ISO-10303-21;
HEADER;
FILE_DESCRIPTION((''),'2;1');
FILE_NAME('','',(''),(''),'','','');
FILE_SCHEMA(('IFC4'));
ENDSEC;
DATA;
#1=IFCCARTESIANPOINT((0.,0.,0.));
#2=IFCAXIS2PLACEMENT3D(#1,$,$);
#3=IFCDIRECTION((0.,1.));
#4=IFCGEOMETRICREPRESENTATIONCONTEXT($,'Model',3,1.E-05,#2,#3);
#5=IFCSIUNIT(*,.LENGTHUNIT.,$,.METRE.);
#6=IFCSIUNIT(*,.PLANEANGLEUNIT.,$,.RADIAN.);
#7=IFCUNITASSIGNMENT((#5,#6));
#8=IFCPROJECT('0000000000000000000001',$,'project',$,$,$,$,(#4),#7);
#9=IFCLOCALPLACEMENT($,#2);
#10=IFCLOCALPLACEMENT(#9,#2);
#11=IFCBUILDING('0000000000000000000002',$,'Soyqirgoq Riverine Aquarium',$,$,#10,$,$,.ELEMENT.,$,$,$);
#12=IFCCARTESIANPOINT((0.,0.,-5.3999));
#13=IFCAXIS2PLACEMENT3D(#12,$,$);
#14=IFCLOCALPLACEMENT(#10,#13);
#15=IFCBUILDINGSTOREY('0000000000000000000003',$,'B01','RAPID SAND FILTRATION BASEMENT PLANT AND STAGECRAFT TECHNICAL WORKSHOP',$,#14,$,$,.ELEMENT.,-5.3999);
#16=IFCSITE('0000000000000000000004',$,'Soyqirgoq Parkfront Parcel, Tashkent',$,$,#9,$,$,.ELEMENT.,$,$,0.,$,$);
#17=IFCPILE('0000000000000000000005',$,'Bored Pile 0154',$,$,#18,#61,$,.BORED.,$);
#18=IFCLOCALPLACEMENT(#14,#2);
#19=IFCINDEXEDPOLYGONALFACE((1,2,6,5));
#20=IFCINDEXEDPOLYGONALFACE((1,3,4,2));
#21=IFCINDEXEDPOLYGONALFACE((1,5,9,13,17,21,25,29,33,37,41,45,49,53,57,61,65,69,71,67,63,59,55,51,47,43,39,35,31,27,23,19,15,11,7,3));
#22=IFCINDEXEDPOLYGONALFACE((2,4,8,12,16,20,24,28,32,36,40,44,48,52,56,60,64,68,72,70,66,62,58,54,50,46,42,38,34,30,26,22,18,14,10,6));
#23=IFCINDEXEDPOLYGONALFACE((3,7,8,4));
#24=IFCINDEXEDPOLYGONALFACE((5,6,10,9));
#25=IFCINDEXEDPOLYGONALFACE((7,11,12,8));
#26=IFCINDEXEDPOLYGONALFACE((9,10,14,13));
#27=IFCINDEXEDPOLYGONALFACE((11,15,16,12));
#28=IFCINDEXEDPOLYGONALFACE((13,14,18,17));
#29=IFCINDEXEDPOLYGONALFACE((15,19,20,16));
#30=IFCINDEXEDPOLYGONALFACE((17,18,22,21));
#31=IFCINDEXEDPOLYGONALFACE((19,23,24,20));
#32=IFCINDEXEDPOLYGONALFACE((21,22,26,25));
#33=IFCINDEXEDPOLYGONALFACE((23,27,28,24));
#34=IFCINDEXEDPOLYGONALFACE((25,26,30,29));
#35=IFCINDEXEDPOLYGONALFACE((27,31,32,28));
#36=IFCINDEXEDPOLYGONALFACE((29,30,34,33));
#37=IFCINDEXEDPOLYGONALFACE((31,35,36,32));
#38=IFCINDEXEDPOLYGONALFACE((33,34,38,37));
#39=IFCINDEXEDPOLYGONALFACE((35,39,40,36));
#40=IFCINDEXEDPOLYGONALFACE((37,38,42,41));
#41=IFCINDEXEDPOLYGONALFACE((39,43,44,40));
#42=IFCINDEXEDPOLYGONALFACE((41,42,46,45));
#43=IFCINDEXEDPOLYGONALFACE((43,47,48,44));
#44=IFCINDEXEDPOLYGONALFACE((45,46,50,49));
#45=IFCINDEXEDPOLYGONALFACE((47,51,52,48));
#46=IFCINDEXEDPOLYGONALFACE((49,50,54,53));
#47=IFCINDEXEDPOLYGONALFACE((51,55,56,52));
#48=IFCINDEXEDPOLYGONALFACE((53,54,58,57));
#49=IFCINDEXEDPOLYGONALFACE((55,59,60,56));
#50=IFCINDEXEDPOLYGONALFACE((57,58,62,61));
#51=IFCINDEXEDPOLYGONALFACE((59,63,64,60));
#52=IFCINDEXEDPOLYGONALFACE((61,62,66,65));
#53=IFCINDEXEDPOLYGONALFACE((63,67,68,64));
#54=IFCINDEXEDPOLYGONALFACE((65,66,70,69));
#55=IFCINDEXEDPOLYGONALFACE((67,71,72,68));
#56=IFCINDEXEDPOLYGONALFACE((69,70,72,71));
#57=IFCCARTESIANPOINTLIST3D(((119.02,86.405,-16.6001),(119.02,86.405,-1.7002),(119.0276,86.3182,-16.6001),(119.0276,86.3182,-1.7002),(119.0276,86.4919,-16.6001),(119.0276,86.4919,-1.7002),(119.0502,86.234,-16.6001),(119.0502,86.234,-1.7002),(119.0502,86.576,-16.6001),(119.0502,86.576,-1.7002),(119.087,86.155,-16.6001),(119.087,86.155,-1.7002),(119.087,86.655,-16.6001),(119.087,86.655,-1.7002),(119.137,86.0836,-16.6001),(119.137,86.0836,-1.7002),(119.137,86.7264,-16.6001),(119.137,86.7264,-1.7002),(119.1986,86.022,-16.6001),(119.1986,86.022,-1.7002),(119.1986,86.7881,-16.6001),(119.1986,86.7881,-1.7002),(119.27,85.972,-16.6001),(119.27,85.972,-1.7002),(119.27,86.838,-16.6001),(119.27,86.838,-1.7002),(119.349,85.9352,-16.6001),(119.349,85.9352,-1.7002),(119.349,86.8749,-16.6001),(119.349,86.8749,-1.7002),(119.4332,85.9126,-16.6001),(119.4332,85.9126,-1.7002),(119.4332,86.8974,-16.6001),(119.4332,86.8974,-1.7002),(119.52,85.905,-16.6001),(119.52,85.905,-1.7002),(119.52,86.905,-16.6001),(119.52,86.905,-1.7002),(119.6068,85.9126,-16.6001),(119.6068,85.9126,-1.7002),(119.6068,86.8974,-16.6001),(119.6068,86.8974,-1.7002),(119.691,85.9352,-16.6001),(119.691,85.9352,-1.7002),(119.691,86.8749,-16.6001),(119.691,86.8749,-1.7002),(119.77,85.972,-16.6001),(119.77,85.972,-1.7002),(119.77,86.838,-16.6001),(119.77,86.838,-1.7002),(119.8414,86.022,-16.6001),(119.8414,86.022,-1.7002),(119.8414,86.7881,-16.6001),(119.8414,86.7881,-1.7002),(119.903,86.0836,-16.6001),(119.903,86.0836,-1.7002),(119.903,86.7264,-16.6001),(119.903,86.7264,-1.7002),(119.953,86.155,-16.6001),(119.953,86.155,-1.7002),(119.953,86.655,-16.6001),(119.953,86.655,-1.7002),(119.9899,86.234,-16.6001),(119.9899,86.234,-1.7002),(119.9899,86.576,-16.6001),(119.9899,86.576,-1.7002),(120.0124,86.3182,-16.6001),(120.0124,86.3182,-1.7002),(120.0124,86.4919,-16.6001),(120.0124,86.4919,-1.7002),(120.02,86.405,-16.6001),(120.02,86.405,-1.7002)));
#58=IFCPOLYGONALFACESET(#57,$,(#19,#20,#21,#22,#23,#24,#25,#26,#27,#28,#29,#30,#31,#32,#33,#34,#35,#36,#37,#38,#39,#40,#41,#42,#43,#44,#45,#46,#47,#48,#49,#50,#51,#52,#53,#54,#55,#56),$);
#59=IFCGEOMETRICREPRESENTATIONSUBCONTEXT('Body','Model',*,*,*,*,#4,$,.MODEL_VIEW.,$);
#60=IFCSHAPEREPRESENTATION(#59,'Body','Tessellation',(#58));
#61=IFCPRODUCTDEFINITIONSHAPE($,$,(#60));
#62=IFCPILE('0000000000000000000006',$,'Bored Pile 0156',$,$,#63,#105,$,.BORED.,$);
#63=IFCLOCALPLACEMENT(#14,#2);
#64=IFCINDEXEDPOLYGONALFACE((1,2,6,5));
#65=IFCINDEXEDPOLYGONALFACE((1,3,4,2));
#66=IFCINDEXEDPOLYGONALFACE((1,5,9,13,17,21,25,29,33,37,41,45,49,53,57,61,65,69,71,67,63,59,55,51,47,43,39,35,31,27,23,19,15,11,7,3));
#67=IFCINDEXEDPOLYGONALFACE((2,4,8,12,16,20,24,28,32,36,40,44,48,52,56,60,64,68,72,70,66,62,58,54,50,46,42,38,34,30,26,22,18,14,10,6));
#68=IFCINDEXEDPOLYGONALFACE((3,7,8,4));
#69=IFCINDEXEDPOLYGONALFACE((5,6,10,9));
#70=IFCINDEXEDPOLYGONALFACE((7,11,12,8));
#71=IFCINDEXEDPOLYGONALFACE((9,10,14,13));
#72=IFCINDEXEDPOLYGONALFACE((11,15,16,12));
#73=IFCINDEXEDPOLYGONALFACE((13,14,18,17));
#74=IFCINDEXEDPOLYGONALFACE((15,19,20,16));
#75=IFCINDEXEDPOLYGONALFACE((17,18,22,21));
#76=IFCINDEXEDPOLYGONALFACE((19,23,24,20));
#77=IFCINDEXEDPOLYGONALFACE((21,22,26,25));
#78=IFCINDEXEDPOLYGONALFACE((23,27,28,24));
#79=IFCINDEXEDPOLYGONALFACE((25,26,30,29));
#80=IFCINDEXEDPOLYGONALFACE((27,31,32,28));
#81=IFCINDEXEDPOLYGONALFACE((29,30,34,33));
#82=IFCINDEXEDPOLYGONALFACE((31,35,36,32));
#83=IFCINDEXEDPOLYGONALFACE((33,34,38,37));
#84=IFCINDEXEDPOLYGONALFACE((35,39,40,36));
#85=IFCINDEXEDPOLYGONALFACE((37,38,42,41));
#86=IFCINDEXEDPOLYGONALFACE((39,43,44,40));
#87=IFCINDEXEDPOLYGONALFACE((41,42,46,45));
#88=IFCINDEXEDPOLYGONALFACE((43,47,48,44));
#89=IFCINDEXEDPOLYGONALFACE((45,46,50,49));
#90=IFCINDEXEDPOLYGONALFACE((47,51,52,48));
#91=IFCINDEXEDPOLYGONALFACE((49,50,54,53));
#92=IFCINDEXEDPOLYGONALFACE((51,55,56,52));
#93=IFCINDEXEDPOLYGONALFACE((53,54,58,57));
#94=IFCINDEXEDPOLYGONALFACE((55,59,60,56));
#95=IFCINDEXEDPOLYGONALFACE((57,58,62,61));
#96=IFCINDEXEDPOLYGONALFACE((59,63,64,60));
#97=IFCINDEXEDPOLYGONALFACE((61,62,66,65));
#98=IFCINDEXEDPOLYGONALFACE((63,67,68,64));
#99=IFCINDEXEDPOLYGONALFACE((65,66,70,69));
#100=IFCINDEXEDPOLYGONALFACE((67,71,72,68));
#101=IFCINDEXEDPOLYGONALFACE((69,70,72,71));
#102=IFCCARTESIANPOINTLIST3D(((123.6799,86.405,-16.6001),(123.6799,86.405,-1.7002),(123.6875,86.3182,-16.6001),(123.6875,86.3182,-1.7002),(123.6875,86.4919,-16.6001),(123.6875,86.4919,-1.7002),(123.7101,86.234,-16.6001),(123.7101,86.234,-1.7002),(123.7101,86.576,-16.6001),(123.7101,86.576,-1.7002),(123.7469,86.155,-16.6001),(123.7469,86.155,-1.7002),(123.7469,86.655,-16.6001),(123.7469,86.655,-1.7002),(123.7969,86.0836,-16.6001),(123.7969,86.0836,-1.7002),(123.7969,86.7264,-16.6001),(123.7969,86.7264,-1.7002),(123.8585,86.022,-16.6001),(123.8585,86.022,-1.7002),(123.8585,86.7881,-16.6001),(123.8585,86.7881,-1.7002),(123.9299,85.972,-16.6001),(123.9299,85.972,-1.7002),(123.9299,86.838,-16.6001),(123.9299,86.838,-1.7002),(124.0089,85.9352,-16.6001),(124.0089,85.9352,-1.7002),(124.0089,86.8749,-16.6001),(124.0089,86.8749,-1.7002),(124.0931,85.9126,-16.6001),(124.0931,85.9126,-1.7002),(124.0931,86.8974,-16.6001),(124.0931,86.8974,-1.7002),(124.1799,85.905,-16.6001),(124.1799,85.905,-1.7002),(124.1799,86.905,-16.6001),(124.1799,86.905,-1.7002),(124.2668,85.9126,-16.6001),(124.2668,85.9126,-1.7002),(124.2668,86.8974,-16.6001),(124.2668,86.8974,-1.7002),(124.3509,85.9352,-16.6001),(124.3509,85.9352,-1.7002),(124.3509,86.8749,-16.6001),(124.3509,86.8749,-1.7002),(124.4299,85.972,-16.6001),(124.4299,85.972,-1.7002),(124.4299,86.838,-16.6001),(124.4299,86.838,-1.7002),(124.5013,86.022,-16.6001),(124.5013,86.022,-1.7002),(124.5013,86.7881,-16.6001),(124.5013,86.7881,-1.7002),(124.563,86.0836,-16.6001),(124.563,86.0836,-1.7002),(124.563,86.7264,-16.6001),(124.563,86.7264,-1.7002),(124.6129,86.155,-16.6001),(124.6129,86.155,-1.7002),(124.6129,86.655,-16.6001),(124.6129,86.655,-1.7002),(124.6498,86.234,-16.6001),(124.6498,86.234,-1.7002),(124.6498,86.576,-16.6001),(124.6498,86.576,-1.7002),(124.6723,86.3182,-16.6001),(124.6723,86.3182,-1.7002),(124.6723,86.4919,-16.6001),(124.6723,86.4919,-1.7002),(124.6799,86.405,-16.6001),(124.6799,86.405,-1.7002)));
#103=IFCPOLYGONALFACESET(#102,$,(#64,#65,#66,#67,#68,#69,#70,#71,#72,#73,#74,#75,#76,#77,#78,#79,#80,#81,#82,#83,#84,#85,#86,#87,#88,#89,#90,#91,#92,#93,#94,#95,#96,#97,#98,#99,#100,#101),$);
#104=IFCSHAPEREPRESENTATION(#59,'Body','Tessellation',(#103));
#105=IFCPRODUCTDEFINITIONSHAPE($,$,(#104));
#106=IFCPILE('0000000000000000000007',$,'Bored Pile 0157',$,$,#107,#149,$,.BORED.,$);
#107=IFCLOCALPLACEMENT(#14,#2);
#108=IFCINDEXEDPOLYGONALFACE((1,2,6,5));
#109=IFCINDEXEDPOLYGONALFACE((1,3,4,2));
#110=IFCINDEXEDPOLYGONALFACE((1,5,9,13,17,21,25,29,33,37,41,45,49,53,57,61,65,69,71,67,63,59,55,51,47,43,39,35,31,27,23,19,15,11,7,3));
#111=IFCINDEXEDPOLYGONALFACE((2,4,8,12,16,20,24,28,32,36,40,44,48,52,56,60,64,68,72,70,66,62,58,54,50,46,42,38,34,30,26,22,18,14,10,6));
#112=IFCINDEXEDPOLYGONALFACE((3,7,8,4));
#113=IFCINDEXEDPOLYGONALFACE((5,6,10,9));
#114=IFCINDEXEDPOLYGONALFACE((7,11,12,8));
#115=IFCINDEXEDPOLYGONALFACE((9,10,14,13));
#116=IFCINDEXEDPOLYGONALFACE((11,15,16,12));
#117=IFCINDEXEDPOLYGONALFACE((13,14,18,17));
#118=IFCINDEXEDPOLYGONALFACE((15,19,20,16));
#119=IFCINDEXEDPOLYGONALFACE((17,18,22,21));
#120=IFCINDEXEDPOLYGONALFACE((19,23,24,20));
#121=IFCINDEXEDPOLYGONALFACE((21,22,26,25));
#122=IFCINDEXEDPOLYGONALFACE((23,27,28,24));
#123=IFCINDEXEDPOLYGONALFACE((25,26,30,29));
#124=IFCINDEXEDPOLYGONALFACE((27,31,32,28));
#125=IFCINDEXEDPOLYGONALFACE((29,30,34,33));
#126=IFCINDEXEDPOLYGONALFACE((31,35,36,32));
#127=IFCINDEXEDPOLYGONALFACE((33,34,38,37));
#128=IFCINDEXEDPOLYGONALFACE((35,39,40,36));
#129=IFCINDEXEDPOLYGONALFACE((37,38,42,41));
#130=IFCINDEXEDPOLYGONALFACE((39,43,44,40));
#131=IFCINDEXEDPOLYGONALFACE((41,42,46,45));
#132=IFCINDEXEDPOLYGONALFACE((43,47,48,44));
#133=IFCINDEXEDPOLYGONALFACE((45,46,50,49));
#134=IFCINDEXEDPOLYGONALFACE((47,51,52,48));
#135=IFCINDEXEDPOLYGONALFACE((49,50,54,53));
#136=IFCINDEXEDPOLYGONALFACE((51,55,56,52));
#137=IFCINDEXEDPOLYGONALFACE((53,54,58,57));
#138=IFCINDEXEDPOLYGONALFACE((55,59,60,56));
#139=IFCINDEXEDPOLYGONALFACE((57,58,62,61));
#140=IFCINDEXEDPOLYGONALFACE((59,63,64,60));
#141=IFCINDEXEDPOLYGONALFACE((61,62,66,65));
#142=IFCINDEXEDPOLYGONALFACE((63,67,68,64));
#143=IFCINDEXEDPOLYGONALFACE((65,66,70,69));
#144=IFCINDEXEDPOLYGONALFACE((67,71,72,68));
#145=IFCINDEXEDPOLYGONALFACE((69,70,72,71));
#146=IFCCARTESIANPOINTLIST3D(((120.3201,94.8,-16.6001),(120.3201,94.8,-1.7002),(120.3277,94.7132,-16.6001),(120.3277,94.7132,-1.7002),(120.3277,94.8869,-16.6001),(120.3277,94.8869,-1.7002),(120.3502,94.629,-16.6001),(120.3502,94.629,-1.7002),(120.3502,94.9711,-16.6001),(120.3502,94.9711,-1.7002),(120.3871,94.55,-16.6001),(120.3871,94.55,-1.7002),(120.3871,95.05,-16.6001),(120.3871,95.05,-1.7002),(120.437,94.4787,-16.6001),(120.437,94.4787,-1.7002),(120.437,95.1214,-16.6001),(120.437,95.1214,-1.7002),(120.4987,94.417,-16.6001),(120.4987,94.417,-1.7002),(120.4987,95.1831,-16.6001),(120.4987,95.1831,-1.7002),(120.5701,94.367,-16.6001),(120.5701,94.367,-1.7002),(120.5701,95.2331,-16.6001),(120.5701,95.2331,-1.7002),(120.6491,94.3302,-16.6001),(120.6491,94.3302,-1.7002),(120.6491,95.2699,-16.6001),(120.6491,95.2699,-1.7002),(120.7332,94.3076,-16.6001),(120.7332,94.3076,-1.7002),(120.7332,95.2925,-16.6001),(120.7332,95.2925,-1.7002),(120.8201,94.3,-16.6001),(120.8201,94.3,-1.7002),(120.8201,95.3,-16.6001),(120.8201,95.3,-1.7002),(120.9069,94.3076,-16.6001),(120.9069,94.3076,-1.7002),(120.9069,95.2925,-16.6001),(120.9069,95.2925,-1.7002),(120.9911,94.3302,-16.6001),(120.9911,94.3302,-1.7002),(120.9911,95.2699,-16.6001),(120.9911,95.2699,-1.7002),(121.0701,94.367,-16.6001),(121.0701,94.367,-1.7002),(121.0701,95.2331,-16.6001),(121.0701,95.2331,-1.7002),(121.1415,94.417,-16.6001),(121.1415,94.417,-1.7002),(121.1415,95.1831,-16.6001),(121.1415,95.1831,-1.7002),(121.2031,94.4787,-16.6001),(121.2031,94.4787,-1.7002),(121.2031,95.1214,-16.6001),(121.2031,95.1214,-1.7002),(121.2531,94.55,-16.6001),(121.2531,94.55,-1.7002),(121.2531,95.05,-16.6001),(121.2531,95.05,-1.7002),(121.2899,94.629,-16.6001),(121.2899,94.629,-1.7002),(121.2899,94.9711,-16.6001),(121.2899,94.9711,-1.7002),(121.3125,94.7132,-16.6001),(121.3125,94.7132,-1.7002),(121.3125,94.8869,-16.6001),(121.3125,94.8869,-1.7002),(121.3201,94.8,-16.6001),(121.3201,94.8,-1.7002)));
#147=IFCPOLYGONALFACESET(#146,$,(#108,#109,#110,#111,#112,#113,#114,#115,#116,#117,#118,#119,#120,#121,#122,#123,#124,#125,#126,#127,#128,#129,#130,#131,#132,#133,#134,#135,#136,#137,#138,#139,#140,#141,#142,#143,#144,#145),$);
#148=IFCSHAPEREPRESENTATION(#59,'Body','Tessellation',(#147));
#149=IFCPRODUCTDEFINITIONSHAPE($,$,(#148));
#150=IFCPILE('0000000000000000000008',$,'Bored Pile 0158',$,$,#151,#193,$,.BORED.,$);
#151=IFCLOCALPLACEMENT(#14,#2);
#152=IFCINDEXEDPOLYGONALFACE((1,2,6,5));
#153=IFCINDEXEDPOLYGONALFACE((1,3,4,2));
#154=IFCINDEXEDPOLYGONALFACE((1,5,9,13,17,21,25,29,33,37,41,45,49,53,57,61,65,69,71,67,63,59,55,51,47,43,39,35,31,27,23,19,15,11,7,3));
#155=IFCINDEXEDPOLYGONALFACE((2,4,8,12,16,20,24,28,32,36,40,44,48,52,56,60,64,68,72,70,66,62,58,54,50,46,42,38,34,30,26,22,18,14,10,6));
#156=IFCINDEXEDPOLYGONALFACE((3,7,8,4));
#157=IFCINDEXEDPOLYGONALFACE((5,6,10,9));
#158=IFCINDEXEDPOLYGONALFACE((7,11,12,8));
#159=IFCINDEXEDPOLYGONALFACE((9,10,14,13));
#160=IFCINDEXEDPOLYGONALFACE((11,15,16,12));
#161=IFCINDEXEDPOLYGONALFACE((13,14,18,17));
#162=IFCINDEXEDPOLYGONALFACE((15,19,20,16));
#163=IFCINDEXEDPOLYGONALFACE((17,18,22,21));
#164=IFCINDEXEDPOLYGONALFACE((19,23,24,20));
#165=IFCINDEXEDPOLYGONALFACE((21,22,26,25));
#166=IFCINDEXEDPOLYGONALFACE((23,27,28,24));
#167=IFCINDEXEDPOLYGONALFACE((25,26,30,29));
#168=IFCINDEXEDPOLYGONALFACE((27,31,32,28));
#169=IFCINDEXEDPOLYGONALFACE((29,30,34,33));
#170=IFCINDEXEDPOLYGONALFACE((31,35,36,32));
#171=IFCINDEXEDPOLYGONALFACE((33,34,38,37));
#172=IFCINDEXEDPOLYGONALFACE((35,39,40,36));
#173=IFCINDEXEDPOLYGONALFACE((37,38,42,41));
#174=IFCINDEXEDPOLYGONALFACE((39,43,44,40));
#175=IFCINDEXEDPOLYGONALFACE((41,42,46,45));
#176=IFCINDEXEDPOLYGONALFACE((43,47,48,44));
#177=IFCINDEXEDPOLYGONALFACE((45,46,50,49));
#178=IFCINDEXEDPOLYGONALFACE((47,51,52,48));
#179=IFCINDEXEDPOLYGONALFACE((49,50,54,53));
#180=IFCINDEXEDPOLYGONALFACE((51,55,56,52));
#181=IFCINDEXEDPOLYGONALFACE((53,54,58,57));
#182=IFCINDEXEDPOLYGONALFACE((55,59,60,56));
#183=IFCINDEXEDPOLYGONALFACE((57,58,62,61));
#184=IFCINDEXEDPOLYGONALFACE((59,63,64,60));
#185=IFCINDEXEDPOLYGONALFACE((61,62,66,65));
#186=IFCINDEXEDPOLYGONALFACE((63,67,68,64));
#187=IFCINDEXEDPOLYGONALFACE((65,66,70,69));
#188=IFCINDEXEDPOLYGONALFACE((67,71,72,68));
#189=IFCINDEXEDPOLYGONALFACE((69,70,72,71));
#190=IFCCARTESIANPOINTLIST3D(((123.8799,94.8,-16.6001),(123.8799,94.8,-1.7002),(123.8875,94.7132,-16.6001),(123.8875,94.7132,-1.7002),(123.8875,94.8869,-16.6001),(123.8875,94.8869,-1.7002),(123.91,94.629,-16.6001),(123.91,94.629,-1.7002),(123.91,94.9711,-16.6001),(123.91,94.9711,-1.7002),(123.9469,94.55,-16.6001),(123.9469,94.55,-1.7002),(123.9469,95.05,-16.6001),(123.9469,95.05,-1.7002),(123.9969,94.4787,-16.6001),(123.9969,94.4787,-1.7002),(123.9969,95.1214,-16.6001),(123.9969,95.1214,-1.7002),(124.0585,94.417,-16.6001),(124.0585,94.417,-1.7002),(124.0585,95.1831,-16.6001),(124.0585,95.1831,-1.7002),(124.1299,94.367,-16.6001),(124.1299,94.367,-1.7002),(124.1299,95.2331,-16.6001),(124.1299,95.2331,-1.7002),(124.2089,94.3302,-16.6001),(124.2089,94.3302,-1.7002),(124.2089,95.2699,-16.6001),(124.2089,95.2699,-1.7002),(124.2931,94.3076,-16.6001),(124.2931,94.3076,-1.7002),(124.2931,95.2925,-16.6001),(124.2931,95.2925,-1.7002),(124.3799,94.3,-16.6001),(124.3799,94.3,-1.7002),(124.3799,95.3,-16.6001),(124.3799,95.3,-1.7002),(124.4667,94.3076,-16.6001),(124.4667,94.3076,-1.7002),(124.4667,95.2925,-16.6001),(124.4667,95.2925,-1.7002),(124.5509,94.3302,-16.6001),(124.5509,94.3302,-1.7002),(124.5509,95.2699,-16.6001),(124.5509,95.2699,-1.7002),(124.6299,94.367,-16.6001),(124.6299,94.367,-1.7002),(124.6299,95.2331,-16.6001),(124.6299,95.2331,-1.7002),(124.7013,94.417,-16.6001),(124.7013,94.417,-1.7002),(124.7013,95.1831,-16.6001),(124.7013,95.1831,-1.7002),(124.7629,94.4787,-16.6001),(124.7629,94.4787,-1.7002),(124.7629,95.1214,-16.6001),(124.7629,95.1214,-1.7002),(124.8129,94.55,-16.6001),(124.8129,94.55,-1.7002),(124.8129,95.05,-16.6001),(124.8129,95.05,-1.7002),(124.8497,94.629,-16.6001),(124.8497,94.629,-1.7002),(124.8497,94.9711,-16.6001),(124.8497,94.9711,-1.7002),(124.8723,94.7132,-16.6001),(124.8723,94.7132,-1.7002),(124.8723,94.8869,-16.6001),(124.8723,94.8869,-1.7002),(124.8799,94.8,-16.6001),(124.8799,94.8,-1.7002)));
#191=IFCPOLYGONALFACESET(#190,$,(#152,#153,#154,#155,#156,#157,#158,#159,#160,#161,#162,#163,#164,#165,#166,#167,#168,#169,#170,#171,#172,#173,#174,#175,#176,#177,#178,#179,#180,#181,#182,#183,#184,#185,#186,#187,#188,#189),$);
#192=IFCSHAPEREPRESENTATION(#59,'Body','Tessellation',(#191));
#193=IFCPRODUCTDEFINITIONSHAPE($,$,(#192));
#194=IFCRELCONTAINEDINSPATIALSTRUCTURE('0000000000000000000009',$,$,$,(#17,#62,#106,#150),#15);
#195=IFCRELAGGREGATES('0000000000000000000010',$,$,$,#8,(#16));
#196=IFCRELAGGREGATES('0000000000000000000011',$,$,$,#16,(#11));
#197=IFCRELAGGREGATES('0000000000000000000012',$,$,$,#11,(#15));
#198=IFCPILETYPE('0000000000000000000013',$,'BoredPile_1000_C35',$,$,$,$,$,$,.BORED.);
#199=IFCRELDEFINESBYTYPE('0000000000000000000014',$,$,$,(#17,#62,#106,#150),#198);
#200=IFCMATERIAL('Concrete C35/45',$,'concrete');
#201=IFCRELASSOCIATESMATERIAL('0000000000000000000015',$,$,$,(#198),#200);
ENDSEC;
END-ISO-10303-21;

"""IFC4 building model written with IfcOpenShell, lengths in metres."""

from ifc_helpers import new_model, si_unit, direction, frame, origin, origin_2d, place, context, subcontext, project, spatial, circle, extrude, material, material_profile, profile_set, type_object, element, save


model = new_model("IFC4")

# Units and contexts
model_context = context("Model", 3, precision=1e-05, world=origin(), true_north=direction((0.0, 1.0)))
body_context = subcontext(model_context, "Body", "Model", "MODEL_VIEW")
ifc_project = project(units=[si_unit("LENGTHUNIT", "METRE"), si_unit("PLANEANGLEUNIT", "RADIAN")], contexts=[model_context])

# Site, building, storey
site_placement = place(None, origin())
site = spatial("IfcSite", under=ifc_project, at=site_placement, Name="Soyqirgoq Parkfront Parcel, Tashkent", CompositionType="ELEMENT", RefElevation=0.0)
building_placement = place(site_placement, origin())
building = spatial("IfcBuilding", under=site, at=building_placement, Name="Soyqirgoq Riverine Aquarium", CompositionType="ELEMENT")
storey_placement = place(building_placement, frame((0.0, 0.0, -5.3999)))
storey = spatial("IfcBuildingStorey", under=building, at=storey_placement, Name="B01", Description="RAPID SAND FILTRATION BASEMENT PLANT AND STAGECRAFT TECHNICAL WORKSHOP", CompositionType="ELEMENT", Elevation=-5.3999)

# Piles
ifc_material_1 = material(Name="Concrete C35/45", Category="concrete")
ifc_material_profile_1 = material_profile(ifc_material_1, circle(Radius=0.5, at=origin_2d()), Name="BP D1000")
ifc_profile_set_1 = profile_set([ifc_material_profile_1], Name="Concrete C35/45")
pile_type = type_object("IfcPileType", Name="BoredPile_1000_C35", PredefinedType="BORED", material=ifc_profile_set_1)
for number, where, z_axis, x_axis, name in (
    (1, (119.52, 86.405, -1.7002), (0.0, 0.0, -1.0), (1.0, 0.0, 0.0), "Bored Pile 0154"),
    (2, (124.1799, 86.405, -1.7002), (0.0, 0.0, -1.0), (1.0, 0.0, 0.0), "Bored Pile 0156"),
    (3, (120.8201, 94.8, -1.7002), (0.0, 0.0, -1.0), (1.0, 0.0, 0.0), "Bored Pile 0157"),
    (4, (124.3799, 94.8, -1.7002), (0.0, 0.0, -1.0), (1.0, 0.0, 0.0), "Bored Pile 0158"),
):
    element("IfcPile", number, at=place(storey_placement, frame(where, z_axis=z_axis, x_axis=x_axis)), inside=storey, type_object=pile_type, Name=name, PredefinedType="BORED", context=body_context, shape_type="SweptSolid", body=[
        extrude(circle(Radius=0.5, at=origin_2d()), origin(), (0.0, 0.0, 1.0), 14.8999),
    ])

save(model, "model.ifc")
